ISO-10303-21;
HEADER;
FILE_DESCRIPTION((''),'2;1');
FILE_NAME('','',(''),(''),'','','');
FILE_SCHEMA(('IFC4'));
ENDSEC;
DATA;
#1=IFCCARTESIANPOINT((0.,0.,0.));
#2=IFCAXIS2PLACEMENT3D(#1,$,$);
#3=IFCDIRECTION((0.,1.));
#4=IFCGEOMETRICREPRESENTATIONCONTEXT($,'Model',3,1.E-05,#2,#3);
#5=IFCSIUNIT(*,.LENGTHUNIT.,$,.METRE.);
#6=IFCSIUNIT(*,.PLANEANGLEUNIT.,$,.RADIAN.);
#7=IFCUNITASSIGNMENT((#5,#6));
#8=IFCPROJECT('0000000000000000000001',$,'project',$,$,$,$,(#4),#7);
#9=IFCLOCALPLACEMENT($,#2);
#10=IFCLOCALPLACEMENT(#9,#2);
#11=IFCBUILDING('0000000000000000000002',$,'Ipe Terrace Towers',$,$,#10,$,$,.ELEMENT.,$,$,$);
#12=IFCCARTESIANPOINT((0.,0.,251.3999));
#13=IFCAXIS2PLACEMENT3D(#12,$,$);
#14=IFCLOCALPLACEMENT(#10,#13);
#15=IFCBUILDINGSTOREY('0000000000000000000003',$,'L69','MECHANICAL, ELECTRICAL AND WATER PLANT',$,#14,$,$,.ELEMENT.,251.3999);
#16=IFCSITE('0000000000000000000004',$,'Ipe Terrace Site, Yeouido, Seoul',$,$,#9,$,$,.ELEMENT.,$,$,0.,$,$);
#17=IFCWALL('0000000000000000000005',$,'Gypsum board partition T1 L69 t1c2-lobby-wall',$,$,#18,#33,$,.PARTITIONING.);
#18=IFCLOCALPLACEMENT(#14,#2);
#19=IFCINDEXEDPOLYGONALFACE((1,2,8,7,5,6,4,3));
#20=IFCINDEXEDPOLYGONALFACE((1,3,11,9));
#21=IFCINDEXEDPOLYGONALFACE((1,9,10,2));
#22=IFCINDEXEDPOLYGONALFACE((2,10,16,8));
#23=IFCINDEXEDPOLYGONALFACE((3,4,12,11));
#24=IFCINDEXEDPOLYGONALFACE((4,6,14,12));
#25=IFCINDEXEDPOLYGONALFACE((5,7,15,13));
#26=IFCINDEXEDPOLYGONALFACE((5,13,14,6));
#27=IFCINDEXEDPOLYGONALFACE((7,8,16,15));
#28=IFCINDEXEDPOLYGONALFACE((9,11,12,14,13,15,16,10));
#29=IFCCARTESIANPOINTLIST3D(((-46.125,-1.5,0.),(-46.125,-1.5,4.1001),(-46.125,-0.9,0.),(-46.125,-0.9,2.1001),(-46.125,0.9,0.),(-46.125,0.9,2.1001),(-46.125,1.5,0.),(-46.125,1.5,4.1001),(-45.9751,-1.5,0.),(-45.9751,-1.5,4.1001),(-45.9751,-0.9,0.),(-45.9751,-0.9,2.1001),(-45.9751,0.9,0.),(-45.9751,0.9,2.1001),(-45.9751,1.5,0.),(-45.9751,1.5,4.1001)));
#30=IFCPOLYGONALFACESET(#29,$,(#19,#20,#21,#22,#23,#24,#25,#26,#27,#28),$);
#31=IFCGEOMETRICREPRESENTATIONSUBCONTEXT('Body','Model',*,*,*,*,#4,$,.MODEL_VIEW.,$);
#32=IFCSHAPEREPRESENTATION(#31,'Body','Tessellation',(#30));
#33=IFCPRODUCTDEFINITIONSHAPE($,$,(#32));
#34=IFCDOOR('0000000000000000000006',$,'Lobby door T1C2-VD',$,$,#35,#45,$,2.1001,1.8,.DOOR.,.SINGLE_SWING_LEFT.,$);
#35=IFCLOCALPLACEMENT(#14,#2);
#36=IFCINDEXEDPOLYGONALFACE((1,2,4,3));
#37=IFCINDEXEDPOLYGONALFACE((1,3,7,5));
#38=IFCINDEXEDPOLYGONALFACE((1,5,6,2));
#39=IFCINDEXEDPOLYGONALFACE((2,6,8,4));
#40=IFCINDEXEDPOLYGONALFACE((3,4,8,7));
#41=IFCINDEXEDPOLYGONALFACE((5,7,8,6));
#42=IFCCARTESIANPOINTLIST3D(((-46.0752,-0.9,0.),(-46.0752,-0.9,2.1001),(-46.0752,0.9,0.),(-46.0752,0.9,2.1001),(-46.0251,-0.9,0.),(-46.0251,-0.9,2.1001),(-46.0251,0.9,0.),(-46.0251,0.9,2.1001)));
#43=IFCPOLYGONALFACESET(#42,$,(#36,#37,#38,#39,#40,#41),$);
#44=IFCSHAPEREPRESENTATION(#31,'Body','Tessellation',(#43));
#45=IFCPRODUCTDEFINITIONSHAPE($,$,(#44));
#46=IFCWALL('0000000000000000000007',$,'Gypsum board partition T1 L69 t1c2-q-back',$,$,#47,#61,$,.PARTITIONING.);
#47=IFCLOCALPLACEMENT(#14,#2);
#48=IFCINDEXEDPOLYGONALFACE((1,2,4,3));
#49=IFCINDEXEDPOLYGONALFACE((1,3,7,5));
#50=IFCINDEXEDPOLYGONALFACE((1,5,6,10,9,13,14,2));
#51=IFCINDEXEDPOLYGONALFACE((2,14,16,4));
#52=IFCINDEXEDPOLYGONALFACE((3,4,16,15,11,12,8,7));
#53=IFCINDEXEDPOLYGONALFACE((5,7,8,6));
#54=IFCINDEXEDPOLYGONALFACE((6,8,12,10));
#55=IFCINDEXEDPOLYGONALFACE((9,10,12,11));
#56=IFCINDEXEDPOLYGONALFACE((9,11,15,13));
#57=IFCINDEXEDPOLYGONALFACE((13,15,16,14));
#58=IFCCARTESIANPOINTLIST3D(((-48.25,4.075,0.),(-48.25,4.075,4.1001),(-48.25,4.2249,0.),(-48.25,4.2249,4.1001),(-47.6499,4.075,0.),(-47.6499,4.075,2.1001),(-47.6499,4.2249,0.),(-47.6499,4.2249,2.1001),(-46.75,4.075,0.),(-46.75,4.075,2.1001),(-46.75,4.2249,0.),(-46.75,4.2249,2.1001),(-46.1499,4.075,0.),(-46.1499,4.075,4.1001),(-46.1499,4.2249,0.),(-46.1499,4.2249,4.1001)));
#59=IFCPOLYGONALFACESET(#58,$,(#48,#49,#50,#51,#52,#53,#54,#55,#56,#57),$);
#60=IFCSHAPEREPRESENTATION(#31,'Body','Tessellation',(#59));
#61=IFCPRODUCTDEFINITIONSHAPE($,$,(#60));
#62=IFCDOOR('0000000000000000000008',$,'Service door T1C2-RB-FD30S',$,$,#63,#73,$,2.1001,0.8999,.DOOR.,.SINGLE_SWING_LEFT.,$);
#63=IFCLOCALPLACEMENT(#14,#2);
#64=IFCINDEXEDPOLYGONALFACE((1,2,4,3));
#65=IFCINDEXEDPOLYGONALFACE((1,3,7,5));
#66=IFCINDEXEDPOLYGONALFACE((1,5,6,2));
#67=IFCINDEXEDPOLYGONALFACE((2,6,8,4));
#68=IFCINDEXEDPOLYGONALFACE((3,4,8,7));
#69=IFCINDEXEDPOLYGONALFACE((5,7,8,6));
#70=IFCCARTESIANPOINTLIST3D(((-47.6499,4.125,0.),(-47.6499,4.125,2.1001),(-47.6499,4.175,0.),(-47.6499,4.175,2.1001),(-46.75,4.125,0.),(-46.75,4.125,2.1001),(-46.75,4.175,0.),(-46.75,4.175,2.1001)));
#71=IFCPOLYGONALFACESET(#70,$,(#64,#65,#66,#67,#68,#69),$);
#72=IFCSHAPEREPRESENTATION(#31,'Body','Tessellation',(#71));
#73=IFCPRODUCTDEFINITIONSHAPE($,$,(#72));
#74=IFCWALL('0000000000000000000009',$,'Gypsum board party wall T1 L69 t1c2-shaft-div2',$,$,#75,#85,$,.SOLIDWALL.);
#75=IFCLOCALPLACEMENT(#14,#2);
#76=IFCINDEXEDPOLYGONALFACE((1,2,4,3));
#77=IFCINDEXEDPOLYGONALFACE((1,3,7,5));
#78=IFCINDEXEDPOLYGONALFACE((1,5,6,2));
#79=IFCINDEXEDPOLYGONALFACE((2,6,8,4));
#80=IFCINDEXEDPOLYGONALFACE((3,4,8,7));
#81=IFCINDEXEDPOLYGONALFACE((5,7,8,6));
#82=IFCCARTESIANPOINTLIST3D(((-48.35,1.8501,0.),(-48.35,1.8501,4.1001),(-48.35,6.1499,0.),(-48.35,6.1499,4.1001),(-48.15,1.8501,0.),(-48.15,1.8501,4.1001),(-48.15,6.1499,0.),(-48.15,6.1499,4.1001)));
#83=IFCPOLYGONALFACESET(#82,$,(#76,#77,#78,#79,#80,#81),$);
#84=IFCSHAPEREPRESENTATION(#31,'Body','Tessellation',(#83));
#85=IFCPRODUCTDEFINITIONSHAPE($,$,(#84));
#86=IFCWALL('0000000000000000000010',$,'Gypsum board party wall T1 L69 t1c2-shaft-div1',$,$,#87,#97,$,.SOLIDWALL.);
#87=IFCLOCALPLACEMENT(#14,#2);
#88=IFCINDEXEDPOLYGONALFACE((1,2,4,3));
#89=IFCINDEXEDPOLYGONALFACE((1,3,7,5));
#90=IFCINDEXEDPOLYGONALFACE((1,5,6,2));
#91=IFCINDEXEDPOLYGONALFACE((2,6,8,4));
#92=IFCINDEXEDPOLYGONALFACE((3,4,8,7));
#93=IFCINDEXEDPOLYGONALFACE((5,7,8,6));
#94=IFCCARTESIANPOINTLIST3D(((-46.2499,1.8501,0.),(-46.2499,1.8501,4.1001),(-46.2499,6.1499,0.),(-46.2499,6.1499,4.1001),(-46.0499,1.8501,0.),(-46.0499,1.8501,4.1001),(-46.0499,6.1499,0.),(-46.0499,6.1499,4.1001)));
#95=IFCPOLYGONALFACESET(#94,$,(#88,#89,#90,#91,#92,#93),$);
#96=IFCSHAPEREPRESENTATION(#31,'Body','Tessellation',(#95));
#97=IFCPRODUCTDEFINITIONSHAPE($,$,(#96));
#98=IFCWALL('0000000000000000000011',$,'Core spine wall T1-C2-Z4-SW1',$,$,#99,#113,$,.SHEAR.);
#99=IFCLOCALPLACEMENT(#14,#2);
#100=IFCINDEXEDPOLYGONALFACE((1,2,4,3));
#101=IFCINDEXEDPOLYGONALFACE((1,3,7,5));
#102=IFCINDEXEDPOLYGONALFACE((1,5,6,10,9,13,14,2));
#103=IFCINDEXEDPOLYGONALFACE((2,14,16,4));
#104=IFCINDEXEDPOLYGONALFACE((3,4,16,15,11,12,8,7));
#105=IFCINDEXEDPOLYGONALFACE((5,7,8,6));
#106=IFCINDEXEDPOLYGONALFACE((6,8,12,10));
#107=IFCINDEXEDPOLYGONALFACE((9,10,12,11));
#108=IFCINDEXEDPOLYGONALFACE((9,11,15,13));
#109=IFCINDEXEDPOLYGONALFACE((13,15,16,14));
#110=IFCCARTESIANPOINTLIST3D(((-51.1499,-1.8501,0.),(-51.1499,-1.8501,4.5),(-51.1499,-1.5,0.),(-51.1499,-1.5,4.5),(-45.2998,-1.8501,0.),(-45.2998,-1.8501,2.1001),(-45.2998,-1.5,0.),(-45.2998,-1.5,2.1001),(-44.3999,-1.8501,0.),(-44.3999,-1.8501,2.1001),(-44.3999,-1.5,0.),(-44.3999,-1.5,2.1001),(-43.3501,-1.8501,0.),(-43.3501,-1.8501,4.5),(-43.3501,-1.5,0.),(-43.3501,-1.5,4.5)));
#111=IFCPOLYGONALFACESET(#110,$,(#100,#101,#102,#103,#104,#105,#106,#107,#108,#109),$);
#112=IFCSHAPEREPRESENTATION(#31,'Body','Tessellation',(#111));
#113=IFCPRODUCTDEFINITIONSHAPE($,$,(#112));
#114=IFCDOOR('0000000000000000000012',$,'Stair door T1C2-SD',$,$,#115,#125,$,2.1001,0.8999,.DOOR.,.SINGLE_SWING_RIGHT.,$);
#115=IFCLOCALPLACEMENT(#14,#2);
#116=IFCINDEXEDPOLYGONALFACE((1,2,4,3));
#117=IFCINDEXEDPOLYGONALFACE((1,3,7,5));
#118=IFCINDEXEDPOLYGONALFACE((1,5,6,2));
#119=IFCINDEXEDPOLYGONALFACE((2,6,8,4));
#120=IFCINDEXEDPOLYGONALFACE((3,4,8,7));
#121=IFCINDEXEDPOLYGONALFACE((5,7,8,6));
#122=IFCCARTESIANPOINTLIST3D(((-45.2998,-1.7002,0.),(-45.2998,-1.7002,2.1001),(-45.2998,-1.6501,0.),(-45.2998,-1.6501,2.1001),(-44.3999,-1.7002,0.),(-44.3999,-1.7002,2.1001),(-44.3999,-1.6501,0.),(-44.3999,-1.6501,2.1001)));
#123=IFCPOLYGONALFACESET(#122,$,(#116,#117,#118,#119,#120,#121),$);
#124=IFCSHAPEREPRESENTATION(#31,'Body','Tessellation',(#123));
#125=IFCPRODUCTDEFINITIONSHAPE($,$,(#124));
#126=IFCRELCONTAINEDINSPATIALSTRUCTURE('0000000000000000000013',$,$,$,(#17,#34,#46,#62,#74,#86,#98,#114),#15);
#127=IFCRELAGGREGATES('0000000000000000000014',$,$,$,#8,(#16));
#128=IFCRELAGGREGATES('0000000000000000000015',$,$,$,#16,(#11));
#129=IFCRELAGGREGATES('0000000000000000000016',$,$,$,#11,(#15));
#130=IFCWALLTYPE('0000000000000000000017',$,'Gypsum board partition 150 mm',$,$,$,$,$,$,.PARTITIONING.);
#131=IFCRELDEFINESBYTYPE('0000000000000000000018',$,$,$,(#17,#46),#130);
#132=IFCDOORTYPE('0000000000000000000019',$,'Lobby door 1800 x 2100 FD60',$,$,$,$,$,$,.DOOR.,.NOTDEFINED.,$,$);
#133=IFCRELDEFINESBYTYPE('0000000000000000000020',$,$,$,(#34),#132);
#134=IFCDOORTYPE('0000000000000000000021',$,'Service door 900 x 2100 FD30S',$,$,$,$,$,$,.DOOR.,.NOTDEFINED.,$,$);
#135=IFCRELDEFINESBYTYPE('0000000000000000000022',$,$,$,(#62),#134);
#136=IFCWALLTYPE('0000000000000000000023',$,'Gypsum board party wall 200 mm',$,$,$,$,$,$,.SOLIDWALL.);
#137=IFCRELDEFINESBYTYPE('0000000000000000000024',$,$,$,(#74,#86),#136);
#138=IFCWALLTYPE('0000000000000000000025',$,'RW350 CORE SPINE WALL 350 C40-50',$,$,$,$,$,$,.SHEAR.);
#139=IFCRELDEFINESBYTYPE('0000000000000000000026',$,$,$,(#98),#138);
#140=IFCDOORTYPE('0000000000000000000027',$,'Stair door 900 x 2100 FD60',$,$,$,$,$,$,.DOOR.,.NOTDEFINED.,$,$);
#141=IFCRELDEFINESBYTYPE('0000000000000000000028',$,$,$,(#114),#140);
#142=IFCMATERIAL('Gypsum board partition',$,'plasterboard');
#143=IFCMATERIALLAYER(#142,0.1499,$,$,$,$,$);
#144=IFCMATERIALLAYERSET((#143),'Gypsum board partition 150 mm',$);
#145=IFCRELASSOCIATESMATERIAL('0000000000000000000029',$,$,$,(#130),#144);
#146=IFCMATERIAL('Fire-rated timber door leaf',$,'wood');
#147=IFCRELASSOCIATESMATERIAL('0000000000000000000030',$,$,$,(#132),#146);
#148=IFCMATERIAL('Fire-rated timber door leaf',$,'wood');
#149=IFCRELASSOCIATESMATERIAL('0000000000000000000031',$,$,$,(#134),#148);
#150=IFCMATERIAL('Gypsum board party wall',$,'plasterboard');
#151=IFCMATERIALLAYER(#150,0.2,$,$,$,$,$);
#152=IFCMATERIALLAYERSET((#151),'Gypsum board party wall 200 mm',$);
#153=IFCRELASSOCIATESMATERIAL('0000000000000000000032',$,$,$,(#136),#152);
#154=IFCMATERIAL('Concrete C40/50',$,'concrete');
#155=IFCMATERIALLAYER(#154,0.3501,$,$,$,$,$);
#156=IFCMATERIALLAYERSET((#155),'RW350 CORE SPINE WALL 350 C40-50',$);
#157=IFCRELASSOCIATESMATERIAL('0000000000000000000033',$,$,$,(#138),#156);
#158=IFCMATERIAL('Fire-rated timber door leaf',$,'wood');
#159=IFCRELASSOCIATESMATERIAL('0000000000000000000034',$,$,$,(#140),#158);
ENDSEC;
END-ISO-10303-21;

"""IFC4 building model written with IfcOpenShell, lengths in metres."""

from ifc_helpers import new_model, si_unit, direction, frame, frame_2d, origin, place, context, subcontext, project, spatial, rectangle, extrude, material, layer, layer_set, type_object, element, fill, save


model = new_model("IFC4")

# Units and contexts
model_context = context("Model", 3, precision=1e-05, world=origin(), true_north=direction((0.0, 1.0)))
body_context = subcontext(model_context, "Body", "Model", "MODEL_VIEW")
ifc_project = project(units=[si_unit("LENGTHUNIT", "METRE"), si_unit("PLANEANGLEUNIT", "RADIAN")], contexts=[model_context])

# Site, building, storey
site_placement = place(None, origin())
site = spatial("IfcSite", under=ifc_project, at=site_placement, Name="Ipe Terrace Site, Yeouido, Seoul", CompositionType="ELEMENT", RefElevation=0.0)
building_placement = place(site_placement, origin())
building = spatial("IfcBuilding", under=site, at=building_placement, Name="Ipe Terrace Towers", CompositionType="ELEMENT")
storey_placement = place(building_placement, frame((0.0, 0.0, 251.3999)))
storey = spatial("IfcBuildingStorey", under=building, at=storey_placement, Name="L69", Description="MECHANICAL, ELECTRICAL AND WATER PLANT", CompositionType="ELEMENT", Elevation=251.3999)

# Walls, openings, doors
ifc_material_1 = material(Name="Gypsum board partition", Category="plasterboard")
ifc_layer_1 = layer(ifc_material_1, 0.1499)
ifc_layer_set_1 = layer_set([ifc_layer_1], Name="Gypsum board partition 150 mm")
wall_type_1 = type_object("IfcWallType", Name="Gypsum board partition 150 mm", PredefinedType="PARTITIONING", material=ifc_layer_set_1)
wall_1_placement = place(storey_placement, frame((-46.05, 1.5, 0.0), z_axis=(0.0, 0.0, 1.0), x_axis=(0.0, -1.0, 0.0)))
wall_1 = element("IfcWall", 1, at=wall_1_placement, inside=storey, type_object=wall_type_1, Name="Gypsum board partition T1 L69 t1c2-lobby-wall", PredefinedType="PARTITIONING", context=body_context, shape_type="SweptSolid", body=[
    extrude(rectangle(XDim=3.0, YDim=0.1499, at=frame_2d((1.5, 0.0))), origin(), (0.0, 0.0, 1.0), 4.1001),
])
opening_1_placement = place(wall_1_placement, frame((0.6001, 0.0, 0.0)))
opening_1 = element("IfcOpeningElement", 2, at=opening_1_placement, cuts=wall_1, PredefinedType="OPENING", context=body_context, shape_type="SweptSolid", body=[
    extrude(rectangle(XDim=1.8, YDim=2.1001, at=frame_2d((0.8999, 1.05))), frame((0.0, 0.085, 0.0), z_axis=(0.0, -1.0, 0.0), x_axis=(1.0, 0.0, 0.0)), (0.0, 0.0, 1.0), 0.1699),
])
ifc_material_2 = material(Name="Fire-rated timber door leaf", Category="wood")
door_type_1 = type_object("IfcDoorType", Name="Lobby door 1800 x 2100 FD60", OperationType="NOTDEFINED", PredefinedType="DOOR", material=ifc_material_2)
door_1_placement = place(opening_1_placement, origin())
door_1 = element("IfcDoor", 3, at=door_1_placement, inside=storey, type_object=door_type_1, Name="Lobby door T1C2-VD", OperationType="SINGLE_SWING_LEFT", OverallHeight=2.1001, OverallWidth=1.8, PredefinedType="DOOR", context=body_context, shape_type="SweptSolid", body=[
    extrude(rectangle(XDim=1.8, YDim=2.1001, at=frame_2d((0.8999, 1.05))), frame((0.0, 0.0249, 0.0), z_axis=(0.0, -1.0, 0.0), x_axis=(1.0, 0.0, 0.0)), (0.0, 0.0, 1.0), 0.05),
])
fill(opening_1, door_1)
wall_2_placement = place(storey_placement, frame((-46.1499, 4.1499, 0.0), z_axis=(0.0, 0.0, 1.0), x_axis=(-1.0, 0.0, 0.0)))
wall_2 = element("IfcWall", 4, at=wall_2_placement, inside=storey, type_object=wall_type_1, Name="Gypsum board partition T1 L69 t1c2-q-back", PredefinedType="PARTITIONING", context=body_context, shape_type="SweptSolid", body=[
    extrude(rectangle(XDim=2.1001, YDim=0.1499, at=frame_2d((1.05, 0.0))), origin(), (0.0, 0.0, 1.0), 4.1001),
])
opening_2_placement = place(wall_2_placement, frame((0.6001, 0.0, 0.0)))
opening_2 = element("IfcOpeningElement", 5, at=opening_2_placement, cuts=wall_2, PredefinedType="OPENING", context=body_context, shape_type="SweptSolid", body=[
    extrude(rectangle(XDim=0.8999, YDim=2.1001, at=frame_2d((0.45, 1.05))), frame((0.0, 0.085, 0.0), z_axis=(0.0, -1.0, 0.0), x_axis=(1.0, 0.0, 0.0)), (0.0, 0.0, 1.0), 0.1699),
])
ifc_material_3 = material(Name="Fire-rated timber door leaf", Category="wood")
door_type_2 = type_object("IfcDoorType", Name="Service door 900 x 2100 FD30S", OperationType="NOTDEFINED", PredefinedType="DOOR", material=ifc_material_3)
door_2_placement = place(opening_2_placement, origin())
door_2 = element("IfcDoor", 6, at=door_2_placement, inside=storey, type_object=door_type_2, Name="Service door T1C2-RB-FD30S", OperationType="SINGLE_SWING_LEFT", OverallHeight=2.1001, OverallWidth=0.8999, PredefinedType="DOOR", context=body_context, shape_type="SweptSolid", body=[
    extrude(rectangle(XDim=0.8999, YDim=2.1001, at=frame_2d((0.45, 1.05))), frame((0.0, 0.0249, 0.0), z_axis=(0.0, -1.0, 0.0), x_axis=(1.0, 0.0, 0.0)), (0.0, 0.0, 1.0), 0.05),
])
fill(opening_2, door_2)

# Walls
ifc_material_4 = material(Name="Gypsum board party wall", Category="plasterboard")
ifc_layer_2 = layer(ifc_material_4, 0.2)
ifc_layer_set_2 = layer_set([ifc_layer_2], Name="Gypsum board party wall 200 mm")
wall_type_2 = type_object("IfcWallType", Name="Gypsum board party wall 200 mm", PredefinedType="SOLIDWALL", material=ifc_layer_set_2)
for number, where, z_axis, x_axis, name in (
    (7, (-48.25, 6.1499, 0.0), (0.0, 0.0, 1.0), (0.0, -1.0, 0.0), "Gypsum board party wall T1 L69 t1c2-shaft-div2"),
    (8, (-46.1499, 6.1499, 0.0), (0.0, 0.0, 1.0), (0.0, -1.0, 0.0), "Gypsum board party wall T1 L69 t1c2-shaft-div1"),
):
    element("IfcWall", number, at=place(storey_placement, frame(where, z_axis=z_axis, x_axis=x_axis)), inside=storey, type_object=wall_type_2, Name=name, PredefinedType="SOLIDWALL", context=body_context, shape_type="SweptSolid", body=[
        extrude(rectangle(XDim=4.2998, YDim=0.2, at=frame_2d((2.1499, 0.0))), origin(), (0.0, 0.0, 1.0), 4.1001),
    ])

# Wall, opening, door
ifc_material_5 = material(Name="Concrete C40/50", Category="concrete")
ifc_layer_3 = layer(ifc_material_5, 0.3501)
ifc_layer_set_3 = layer_set([ifc_layer_3], Name="RW350 CORE SPINE WALL 350 C40-50")
wall_type_3 = type_object("IfcWallType", Name="RW350 CORE SPINE WALL 350 C40-50", PredefinedType="SHEAR", material=ifc_layer_set_3)
wall_3_placement = place(storey_placement, frame((-51.1499, -1.675, 0.0), z_axis=(0.0, 0.0, 1.0), x_axis=(1.0, 0.0, 0.0)))
wall_3 = element("IfcWall", 9, at=wall_3_placement, inside=storey, type_object=wall_type_3, Name="Core spine wall T1-C2-Z4-SW1", PredefinedType="SHEAR", context=body_context, shape_type="SweptSolid", body=[
    extrude(rectangle(XDim=7.7998, YDim=0.3501, at=frame_2d((3.8999, 0.0))), origin(), (0.0, 0.0, 1.0), 4.5),
])
opening_3_placement = place(wall_3_placement, frame((5.8501, 0.0, 0.0)))
opening_3 = element("IfcOpeningElement", 10, at=opening_3_placement, cuts=wall_3, PredefinedType="OPENING", context=body_context, shape_type="SweptSolid", body=[
    extrude(rectangle(XDim=0.8999, YDim=2.1001, at=frame_2d((0.45, 1.05))), frame((0.0, 0.1851, 0.0), z_axis=(0.0, -1.0, 0.0), x_axis=(1.0, 0.0, 0.0)), (0.0, 0.0, 1.0), 0.3701),
])
ifc_material_6 = material(Name="Fire-rated timber door leaf", Category="wood")
door_type_3 = type_object("IfcDoorType", Name="Stair door 900 x 2100 FD60", OperationType="NOTDEFINED", PredefinedType="DOOR", material=ifc_material_6)
door_3_placement = place(opening_3_placement, origin())
door_3 = element("IfcDoor", 11, at=door_3_placement, inside=storey, type_object=door_type_3, Name="Stair door T1C2-SD", OperationType="SINGLE_SWING_RIGHT", OverallHeight=2.1001, OverallWidth=0.8999, PredefinedType="DOOR", context=body_context, shape_type="SweptSolid", body=[
    extrude(rectangle(XDim=0.8999, YDim=2.1001, at=frame_2d((0.45, 1.05))), frame((0.0, 0.0249, 0.0), z_axis=(0.0, -1.0, 0.0), x_axis=(1.0, 0.0, 0.0)), (0.0, 0.0, 1.0), 0.05),
])
fill(opening_3, door_3)

save(model, "model.ifc")
